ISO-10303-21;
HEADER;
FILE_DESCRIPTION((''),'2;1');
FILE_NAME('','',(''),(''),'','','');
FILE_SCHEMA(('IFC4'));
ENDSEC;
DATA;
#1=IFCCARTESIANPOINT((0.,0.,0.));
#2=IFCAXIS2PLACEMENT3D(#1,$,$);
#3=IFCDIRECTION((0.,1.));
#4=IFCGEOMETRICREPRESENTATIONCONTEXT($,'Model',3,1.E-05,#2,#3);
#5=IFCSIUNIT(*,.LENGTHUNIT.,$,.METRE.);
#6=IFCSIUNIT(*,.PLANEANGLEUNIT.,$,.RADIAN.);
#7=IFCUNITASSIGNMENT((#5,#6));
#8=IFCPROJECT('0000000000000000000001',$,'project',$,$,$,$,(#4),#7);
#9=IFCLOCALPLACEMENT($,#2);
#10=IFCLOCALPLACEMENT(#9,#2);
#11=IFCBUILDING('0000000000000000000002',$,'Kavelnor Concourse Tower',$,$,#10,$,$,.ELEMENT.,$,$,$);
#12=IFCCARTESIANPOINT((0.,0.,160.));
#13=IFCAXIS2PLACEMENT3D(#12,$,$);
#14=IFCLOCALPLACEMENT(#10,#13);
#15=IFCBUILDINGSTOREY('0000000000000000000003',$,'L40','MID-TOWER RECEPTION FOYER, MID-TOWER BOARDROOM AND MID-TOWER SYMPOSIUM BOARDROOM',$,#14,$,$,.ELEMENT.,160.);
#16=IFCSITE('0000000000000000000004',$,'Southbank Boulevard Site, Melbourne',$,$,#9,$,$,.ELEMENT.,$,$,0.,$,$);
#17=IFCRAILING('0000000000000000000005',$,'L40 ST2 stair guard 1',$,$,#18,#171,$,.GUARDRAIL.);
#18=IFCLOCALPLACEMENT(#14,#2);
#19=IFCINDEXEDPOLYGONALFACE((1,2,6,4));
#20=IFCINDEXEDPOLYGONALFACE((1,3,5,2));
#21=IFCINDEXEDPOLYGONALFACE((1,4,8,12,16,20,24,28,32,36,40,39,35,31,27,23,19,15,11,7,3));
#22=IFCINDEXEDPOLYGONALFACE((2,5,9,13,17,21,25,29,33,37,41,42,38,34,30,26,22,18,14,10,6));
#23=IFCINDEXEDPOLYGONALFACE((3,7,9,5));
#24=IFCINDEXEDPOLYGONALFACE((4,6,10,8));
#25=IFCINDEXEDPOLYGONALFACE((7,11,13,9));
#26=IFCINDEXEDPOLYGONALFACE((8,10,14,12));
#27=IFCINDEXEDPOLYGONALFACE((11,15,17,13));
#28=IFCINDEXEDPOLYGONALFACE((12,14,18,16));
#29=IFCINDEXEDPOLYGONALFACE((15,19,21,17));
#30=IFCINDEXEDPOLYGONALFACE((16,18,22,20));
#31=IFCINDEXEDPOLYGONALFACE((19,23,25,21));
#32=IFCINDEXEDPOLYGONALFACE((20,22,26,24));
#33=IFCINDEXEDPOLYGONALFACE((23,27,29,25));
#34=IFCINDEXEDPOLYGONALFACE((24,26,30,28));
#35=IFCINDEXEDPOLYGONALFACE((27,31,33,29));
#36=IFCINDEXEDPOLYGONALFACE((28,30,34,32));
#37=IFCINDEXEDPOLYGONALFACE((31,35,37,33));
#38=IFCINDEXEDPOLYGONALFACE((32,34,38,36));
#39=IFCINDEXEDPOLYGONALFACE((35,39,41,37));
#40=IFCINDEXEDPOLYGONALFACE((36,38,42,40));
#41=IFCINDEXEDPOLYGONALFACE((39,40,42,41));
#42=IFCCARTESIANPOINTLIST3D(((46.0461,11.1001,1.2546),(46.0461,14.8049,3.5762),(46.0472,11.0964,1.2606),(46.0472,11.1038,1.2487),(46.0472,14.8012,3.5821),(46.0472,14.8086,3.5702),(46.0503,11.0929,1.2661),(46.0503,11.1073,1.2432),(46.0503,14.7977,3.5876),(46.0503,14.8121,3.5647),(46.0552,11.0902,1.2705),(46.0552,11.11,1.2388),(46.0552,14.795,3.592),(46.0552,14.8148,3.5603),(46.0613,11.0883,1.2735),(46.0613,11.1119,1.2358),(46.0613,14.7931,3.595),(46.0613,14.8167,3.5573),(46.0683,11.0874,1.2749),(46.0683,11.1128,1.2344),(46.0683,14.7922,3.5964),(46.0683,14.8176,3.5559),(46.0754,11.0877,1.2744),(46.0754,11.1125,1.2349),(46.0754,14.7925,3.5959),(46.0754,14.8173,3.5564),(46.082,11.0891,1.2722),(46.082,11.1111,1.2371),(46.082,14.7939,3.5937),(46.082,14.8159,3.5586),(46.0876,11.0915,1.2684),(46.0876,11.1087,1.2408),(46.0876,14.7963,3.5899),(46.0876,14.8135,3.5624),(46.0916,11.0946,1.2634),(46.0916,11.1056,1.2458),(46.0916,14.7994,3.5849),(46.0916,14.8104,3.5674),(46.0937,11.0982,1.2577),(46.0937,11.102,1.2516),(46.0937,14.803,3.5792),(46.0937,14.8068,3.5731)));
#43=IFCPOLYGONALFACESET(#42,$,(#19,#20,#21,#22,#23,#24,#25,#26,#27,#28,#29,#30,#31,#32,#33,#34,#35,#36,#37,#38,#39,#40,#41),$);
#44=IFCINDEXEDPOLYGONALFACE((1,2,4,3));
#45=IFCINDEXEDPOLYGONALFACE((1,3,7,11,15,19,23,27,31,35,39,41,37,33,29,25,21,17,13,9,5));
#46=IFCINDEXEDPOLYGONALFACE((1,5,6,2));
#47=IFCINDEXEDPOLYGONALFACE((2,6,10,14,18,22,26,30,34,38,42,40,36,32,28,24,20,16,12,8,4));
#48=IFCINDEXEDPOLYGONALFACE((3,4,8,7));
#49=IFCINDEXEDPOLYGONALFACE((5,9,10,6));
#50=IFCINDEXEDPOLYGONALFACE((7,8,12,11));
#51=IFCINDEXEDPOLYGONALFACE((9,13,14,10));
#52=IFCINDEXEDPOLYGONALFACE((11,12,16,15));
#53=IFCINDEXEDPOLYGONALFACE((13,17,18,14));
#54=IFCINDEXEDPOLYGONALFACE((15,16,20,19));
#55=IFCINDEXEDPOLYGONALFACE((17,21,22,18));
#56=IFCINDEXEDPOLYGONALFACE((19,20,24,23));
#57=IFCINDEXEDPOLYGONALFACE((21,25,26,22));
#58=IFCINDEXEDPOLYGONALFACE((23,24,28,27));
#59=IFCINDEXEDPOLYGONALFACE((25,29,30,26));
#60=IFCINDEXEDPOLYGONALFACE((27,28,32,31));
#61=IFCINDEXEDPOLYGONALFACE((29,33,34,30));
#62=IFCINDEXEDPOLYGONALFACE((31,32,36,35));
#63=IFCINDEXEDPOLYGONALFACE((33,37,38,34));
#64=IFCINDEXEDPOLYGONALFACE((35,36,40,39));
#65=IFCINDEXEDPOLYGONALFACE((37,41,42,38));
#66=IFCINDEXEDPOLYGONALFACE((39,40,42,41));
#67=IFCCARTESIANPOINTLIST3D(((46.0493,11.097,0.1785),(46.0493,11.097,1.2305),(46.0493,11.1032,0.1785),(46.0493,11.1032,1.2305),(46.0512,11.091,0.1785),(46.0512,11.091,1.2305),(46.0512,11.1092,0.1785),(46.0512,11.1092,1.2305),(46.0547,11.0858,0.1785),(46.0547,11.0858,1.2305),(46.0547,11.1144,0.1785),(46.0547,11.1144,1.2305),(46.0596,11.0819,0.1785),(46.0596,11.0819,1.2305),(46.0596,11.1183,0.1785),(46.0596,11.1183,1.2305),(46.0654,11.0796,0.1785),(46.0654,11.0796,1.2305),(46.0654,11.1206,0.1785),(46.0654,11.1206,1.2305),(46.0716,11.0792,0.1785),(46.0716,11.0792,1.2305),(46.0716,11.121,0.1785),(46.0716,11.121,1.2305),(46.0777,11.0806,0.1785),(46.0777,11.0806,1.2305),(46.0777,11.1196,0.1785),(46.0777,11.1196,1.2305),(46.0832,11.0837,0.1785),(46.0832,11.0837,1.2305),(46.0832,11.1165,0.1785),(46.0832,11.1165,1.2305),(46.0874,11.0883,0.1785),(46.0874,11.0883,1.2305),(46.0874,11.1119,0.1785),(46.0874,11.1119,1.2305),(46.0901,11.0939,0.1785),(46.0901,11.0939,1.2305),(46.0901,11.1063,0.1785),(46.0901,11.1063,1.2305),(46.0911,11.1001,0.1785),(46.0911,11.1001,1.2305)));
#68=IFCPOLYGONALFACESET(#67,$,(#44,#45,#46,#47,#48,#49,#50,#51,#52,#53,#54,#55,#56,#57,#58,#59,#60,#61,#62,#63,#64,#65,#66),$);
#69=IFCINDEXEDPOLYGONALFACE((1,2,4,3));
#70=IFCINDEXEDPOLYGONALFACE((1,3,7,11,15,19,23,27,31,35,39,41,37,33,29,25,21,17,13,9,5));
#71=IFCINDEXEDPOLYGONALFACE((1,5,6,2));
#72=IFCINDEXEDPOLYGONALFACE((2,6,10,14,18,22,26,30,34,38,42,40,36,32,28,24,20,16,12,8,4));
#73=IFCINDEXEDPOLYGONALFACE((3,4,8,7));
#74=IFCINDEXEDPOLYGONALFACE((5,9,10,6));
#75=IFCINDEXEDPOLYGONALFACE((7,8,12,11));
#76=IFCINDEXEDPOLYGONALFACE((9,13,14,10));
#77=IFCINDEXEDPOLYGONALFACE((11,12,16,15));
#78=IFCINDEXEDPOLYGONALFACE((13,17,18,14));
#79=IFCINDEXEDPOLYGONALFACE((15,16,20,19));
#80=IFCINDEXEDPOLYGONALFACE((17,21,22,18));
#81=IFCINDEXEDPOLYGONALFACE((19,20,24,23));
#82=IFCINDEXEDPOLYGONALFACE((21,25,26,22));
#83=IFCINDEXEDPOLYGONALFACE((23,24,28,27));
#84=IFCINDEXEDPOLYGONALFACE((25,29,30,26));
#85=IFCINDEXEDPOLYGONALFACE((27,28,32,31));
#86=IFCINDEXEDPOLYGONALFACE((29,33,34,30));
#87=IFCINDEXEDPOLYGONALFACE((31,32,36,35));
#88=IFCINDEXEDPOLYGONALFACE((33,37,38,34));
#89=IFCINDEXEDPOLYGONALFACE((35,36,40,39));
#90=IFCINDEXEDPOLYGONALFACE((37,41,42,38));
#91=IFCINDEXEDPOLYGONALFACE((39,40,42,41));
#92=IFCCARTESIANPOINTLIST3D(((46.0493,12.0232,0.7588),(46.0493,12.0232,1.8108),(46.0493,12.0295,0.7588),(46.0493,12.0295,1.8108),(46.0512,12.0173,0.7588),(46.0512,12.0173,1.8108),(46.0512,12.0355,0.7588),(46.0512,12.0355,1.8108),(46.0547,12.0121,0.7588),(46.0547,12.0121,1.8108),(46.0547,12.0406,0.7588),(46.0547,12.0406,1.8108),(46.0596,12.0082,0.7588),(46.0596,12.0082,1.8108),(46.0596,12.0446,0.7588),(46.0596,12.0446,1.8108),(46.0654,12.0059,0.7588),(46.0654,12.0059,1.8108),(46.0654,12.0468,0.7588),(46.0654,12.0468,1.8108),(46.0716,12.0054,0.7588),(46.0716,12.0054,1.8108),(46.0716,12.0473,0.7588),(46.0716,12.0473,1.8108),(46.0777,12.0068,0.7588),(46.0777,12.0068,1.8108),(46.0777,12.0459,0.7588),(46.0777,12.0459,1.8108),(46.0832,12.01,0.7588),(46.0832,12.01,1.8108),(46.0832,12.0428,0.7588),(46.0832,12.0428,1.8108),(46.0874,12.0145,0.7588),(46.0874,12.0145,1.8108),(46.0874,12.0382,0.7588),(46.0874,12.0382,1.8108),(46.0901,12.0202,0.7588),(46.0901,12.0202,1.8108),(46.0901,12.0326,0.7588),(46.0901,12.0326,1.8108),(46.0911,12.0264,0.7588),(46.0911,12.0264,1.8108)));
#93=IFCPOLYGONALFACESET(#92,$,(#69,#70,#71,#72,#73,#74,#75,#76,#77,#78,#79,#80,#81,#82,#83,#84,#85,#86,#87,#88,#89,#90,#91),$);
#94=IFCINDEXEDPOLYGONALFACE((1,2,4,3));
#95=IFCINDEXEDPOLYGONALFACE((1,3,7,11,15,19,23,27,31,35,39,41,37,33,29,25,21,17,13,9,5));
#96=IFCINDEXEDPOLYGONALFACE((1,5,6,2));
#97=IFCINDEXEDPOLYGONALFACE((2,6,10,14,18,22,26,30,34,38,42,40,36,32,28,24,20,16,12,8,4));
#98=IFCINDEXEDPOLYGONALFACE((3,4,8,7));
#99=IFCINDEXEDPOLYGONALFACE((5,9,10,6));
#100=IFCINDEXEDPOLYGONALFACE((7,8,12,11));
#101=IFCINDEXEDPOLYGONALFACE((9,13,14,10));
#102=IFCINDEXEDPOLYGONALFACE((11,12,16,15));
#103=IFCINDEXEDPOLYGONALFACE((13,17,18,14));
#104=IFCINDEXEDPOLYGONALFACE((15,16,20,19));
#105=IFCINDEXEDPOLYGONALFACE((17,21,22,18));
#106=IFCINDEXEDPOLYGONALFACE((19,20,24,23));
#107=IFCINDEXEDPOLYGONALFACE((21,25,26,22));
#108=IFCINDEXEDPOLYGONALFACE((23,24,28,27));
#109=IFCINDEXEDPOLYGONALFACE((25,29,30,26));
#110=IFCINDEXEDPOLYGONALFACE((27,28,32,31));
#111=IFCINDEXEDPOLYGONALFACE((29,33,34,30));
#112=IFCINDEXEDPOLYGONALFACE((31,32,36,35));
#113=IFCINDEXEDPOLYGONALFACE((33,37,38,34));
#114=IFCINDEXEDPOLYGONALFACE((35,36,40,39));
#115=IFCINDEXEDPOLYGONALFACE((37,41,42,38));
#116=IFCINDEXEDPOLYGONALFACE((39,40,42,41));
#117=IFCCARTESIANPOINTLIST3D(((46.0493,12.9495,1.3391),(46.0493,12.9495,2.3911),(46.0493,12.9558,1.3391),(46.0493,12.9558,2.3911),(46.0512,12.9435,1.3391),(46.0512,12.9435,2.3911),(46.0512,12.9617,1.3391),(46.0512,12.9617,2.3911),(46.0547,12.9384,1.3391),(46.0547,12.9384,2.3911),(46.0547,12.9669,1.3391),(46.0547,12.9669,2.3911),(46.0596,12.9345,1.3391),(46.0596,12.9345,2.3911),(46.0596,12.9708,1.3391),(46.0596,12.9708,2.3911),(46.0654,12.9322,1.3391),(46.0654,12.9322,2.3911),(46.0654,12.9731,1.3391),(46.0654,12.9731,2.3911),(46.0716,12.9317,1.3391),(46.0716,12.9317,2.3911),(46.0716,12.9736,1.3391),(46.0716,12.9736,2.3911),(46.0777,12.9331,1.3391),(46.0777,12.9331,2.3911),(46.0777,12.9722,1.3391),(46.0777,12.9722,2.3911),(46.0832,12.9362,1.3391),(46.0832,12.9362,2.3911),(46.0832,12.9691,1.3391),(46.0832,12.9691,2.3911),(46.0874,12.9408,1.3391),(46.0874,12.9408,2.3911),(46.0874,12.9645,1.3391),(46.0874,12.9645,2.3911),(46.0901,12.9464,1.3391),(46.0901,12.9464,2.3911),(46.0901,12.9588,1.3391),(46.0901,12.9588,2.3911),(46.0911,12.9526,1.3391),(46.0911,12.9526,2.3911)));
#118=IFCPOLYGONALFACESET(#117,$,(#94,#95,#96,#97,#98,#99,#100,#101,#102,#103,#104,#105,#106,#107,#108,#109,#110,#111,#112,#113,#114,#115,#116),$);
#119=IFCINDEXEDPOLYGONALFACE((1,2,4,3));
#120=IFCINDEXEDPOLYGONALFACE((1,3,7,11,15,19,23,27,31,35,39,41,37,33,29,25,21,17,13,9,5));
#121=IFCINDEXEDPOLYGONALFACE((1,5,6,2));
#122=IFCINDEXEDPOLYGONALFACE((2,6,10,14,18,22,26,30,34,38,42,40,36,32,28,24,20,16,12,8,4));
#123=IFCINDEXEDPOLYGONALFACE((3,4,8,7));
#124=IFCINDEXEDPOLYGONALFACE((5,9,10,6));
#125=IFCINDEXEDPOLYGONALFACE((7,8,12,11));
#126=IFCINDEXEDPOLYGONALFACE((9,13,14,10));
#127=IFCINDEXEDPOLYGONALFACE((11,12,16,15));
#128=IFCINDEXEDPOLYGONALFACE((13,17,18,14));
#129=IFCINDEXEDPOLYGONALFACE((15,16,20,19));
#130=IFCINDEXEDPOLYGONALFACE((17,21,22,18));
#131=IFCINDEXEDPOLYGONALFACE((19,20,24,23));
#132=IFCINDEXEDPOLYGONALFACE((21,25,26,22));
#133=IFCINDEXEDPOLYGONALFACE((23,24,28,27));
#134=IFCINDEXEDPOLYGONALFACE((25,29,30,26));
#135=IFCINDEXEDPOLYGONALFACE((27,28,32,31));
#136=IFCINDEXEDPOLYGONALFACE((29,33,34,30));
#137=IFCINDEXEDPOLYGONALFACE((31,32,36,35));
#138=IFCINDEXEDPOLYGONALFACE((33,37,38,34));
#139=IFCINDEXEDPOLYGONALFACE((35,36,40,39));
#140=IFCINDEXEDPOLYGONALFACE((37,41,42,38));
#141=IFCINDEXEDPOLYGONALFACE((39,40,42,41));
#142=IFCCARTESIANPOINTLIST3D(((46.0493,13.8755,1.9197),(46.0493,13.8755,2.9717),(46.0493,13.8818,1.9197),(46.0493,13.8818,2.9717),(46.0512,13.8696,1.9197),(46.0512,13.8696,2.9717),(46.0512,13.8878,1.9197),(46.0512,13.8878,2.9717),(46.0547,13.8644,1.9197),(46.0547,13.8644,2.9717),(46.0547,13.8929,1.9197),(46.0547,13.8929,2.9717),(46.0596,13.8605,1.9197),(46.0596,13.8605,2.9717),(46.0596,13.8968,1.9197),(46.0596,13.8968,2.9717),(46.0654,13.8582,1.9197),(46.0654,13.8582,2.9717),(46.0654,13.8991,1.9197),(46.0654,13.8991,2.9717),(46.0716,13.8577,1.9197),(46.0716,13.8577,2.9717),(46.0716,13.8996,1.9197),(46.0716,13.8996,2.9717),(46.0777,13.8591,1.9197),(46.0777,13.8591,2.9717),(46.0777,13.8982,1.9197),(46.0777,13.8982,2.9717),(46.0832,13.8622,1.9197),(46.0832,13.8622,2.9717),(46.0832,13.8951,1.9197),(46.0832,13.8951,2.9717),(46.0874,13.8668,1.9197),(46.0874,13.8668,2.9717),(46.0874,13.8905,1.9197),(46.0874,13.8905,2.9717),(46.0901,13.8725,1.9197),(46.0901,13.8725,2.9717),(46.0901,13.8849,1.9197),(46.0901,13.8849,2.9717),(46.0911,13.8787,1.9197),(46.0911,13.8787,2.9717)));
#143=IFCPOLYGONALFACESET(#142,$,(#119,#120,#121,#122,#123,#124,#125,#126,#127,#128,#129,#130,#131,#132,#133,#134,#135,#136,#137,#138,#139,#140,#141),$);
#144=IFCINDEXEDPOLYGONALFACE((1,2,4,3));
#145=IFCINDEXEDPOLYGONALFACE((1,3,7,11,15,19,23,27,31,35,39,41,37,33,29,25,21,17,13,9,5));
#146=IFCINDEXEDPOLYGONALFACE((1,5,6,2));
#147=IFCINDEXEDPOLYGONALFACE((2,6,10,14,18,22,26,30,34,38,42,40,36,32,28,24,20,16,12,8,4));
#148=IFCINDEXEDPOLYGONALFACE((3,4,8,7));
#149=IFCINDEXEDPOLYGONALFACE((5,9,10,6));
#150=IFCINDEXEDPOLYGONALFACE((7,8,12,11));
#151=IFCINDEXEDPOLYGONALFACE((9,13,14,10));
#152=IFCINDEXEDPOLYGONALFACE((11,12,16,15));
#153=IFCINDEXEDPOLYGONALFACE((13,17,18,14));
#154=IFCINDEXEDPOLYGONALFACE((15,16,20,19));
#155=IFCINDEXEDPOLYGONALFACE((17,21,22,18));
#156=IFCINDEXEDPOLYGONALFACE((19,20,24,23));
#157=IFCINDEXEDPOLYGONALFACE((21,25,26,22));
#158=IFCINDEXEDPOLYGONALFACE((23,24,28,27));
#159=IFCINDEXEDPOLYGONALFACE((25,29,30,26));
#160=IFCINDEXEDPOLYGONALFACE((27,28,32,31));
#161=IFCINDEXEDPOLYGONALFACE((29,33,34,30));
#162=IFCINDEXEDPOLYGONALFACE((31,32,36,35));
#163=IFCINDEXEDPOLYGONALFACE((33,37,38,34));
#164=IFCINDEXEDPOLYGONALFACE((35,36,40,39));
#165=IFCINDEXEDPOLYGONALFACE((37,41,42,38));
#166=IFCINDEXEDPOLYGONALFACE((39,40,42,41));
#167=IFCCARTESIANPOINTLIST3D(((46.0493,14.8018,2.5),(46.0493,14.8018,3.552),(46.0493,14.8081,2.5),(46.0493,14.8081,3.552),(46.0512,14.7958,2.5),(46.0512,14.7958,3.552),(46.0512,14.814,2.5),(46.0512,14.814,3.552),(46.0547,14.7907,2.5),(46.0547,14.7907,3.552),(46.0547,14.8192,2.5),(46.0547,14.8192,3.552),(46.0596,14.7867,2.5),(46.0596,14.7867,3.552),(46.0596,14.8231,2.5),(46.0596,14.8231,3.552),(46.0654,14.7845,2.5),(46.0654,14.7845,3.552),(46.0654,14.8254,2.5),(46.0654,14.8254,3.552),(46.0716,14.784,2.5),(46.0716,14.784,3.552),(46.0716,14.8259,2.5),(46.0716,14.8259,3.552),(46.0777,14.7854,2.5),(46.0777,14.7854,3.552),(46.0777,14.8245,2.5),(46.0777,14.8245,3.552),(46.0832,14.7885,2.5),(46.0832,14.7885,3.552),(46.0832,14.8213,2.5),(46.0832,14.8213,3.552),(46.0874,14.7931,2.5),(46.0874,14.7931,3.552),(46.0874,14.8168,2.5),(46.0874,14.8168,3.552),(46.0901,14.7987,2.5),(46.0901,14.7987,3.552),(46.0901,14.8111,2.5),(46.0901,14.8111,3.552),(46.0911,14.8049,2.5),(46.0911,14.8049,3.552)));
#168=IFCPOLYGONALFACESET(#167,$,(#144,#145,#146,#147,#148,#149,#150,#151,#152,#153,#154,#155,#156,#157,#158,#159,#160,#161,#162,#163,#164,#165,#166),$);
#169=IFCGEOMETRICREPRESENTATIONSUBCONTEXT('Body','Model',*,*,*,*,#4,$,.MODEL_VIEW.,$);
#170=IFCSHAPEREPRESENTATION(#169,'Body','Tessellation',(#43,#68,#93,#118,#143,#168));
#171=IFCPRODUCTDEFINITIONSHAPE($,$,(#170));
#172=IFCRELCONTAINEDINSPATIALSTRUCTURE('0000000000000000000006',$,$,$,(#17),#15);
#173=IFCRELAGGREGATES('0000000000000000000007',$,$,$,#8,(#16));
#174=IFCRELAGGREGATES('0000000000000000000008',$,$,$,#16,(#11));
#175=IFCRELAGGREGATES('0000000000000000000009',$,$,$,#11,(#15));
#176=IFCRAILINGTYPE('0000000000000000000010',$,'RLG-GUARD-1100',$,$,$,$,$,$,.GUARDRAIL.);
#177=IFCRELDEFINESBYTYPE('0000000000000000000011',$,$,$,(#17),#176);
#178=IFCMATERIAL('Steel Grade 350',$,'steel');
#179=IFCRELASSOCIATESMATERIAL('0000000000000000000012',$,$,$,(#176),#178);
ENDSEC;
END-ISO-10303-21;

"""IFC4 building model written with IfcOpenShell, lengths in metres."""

from ifc_helpers import new_model, si_unit, direction, frame, origin, origin_2d, place, context, subcontext, project, spatial, circle, extrude, material, type_object, element, save


model = new_model("IFC4")

# Units and contexts
model_context = context("Model", 3, precision=1e-05, world=origin(), true_north=direction((0.0, 1.0)))
body_context = subcontext(model_context, "Body", "Model", "MODEL_VIEW")
ifc_project = project(units=[si_unit("LENGTHUNIT", "METRE"), si_unit("PLANEANGLEUNIT", "RADIAN")], contexts=[model_context])

# Site, building, storey
site_placement = place(None, origin())
site = spatial("IfcSite", under=ifc_project, at=site_placement, Name="Southbank Boulevard Site, Melbourne", CompositionType="ELEMENT", RefElevation=0.0)
building_placement = place(site_placement, origin())
building = spatial("IfcBuilding", under=site, at=building_placement, Name="Kavelnor Concourse Tower", CompositionType="ELEMENT")
storey_placement = place(building_placement, frame((0.0, 0.0, 160.0)))
storey = spatial("IfcBuildingStorey", under=building, at=storey_placement, Name="L40", Description="MID-TOWER RECEPTION FOYER, MID-TOWER BOARDROOM AND MID-TOWER SYMPOSIUM BOARDROOM", CompositionType="ELEMENT", Elevation=160.0)

# Shared definitions
ifc_material_1 = material(Name="Steel Grade 350", Category="steel")

# Railing
railing_type_1 = type_object("IfcRailingType", Name="RLG-GUARD-1100", PredefinedType="GUARDRAIL", material=ifc_material_1)
railing_1_placement = place(storey_placement, frame((46.0701, 11.1001, 0.1785)))
element("IfcRailing", 1, at=railing_1_placement, inside=storey, type_object=railing_type_1, Name="L40 ST2 stair guard 1", PredefinedType="GUARDRAIL", context=body_context, shape_type="SweptSolid", body=[
    extrude(circle(Radius=0.0239, at=origin_2d()), frame((0.0, 0.0, 1.0762), z_axis=(0.0, 0.84738, 0.530987), x_axis=(-1.0, 0.0, 0.0)), (0.0, 0.0, 1.0), 4.3721),
    extrude(circle(Radius=0.021, at=origin_2d()), origin(), (0.0, 0.0, 1.0), 1.052),
    extrude(circle(Radius=0.021, at=origin_2d()), frame((0.0, 0.9263, 0.5803)), (0.0, 0.0, 1.0), 1.052),
    extrude(circle(Radius=0.021, at=origin_2d()), frame((0.0, 1.8525, 1.1606)), (0.0, 0.0, 1.0), 1.052),
    extrude(circle(Radius=0.021, at=origin_2d()), frame((0.0, 2.7786, 1.7412)), (0.0, 0.0, 1.0), 1.052),
    extrude(circle(Radius=0.021, at=origin_2d()), frame((0.0, 3.7048, 2.3215)), (0.0, 0.0, 1.0), 1.052),
])

save(model, "model.ifc")
